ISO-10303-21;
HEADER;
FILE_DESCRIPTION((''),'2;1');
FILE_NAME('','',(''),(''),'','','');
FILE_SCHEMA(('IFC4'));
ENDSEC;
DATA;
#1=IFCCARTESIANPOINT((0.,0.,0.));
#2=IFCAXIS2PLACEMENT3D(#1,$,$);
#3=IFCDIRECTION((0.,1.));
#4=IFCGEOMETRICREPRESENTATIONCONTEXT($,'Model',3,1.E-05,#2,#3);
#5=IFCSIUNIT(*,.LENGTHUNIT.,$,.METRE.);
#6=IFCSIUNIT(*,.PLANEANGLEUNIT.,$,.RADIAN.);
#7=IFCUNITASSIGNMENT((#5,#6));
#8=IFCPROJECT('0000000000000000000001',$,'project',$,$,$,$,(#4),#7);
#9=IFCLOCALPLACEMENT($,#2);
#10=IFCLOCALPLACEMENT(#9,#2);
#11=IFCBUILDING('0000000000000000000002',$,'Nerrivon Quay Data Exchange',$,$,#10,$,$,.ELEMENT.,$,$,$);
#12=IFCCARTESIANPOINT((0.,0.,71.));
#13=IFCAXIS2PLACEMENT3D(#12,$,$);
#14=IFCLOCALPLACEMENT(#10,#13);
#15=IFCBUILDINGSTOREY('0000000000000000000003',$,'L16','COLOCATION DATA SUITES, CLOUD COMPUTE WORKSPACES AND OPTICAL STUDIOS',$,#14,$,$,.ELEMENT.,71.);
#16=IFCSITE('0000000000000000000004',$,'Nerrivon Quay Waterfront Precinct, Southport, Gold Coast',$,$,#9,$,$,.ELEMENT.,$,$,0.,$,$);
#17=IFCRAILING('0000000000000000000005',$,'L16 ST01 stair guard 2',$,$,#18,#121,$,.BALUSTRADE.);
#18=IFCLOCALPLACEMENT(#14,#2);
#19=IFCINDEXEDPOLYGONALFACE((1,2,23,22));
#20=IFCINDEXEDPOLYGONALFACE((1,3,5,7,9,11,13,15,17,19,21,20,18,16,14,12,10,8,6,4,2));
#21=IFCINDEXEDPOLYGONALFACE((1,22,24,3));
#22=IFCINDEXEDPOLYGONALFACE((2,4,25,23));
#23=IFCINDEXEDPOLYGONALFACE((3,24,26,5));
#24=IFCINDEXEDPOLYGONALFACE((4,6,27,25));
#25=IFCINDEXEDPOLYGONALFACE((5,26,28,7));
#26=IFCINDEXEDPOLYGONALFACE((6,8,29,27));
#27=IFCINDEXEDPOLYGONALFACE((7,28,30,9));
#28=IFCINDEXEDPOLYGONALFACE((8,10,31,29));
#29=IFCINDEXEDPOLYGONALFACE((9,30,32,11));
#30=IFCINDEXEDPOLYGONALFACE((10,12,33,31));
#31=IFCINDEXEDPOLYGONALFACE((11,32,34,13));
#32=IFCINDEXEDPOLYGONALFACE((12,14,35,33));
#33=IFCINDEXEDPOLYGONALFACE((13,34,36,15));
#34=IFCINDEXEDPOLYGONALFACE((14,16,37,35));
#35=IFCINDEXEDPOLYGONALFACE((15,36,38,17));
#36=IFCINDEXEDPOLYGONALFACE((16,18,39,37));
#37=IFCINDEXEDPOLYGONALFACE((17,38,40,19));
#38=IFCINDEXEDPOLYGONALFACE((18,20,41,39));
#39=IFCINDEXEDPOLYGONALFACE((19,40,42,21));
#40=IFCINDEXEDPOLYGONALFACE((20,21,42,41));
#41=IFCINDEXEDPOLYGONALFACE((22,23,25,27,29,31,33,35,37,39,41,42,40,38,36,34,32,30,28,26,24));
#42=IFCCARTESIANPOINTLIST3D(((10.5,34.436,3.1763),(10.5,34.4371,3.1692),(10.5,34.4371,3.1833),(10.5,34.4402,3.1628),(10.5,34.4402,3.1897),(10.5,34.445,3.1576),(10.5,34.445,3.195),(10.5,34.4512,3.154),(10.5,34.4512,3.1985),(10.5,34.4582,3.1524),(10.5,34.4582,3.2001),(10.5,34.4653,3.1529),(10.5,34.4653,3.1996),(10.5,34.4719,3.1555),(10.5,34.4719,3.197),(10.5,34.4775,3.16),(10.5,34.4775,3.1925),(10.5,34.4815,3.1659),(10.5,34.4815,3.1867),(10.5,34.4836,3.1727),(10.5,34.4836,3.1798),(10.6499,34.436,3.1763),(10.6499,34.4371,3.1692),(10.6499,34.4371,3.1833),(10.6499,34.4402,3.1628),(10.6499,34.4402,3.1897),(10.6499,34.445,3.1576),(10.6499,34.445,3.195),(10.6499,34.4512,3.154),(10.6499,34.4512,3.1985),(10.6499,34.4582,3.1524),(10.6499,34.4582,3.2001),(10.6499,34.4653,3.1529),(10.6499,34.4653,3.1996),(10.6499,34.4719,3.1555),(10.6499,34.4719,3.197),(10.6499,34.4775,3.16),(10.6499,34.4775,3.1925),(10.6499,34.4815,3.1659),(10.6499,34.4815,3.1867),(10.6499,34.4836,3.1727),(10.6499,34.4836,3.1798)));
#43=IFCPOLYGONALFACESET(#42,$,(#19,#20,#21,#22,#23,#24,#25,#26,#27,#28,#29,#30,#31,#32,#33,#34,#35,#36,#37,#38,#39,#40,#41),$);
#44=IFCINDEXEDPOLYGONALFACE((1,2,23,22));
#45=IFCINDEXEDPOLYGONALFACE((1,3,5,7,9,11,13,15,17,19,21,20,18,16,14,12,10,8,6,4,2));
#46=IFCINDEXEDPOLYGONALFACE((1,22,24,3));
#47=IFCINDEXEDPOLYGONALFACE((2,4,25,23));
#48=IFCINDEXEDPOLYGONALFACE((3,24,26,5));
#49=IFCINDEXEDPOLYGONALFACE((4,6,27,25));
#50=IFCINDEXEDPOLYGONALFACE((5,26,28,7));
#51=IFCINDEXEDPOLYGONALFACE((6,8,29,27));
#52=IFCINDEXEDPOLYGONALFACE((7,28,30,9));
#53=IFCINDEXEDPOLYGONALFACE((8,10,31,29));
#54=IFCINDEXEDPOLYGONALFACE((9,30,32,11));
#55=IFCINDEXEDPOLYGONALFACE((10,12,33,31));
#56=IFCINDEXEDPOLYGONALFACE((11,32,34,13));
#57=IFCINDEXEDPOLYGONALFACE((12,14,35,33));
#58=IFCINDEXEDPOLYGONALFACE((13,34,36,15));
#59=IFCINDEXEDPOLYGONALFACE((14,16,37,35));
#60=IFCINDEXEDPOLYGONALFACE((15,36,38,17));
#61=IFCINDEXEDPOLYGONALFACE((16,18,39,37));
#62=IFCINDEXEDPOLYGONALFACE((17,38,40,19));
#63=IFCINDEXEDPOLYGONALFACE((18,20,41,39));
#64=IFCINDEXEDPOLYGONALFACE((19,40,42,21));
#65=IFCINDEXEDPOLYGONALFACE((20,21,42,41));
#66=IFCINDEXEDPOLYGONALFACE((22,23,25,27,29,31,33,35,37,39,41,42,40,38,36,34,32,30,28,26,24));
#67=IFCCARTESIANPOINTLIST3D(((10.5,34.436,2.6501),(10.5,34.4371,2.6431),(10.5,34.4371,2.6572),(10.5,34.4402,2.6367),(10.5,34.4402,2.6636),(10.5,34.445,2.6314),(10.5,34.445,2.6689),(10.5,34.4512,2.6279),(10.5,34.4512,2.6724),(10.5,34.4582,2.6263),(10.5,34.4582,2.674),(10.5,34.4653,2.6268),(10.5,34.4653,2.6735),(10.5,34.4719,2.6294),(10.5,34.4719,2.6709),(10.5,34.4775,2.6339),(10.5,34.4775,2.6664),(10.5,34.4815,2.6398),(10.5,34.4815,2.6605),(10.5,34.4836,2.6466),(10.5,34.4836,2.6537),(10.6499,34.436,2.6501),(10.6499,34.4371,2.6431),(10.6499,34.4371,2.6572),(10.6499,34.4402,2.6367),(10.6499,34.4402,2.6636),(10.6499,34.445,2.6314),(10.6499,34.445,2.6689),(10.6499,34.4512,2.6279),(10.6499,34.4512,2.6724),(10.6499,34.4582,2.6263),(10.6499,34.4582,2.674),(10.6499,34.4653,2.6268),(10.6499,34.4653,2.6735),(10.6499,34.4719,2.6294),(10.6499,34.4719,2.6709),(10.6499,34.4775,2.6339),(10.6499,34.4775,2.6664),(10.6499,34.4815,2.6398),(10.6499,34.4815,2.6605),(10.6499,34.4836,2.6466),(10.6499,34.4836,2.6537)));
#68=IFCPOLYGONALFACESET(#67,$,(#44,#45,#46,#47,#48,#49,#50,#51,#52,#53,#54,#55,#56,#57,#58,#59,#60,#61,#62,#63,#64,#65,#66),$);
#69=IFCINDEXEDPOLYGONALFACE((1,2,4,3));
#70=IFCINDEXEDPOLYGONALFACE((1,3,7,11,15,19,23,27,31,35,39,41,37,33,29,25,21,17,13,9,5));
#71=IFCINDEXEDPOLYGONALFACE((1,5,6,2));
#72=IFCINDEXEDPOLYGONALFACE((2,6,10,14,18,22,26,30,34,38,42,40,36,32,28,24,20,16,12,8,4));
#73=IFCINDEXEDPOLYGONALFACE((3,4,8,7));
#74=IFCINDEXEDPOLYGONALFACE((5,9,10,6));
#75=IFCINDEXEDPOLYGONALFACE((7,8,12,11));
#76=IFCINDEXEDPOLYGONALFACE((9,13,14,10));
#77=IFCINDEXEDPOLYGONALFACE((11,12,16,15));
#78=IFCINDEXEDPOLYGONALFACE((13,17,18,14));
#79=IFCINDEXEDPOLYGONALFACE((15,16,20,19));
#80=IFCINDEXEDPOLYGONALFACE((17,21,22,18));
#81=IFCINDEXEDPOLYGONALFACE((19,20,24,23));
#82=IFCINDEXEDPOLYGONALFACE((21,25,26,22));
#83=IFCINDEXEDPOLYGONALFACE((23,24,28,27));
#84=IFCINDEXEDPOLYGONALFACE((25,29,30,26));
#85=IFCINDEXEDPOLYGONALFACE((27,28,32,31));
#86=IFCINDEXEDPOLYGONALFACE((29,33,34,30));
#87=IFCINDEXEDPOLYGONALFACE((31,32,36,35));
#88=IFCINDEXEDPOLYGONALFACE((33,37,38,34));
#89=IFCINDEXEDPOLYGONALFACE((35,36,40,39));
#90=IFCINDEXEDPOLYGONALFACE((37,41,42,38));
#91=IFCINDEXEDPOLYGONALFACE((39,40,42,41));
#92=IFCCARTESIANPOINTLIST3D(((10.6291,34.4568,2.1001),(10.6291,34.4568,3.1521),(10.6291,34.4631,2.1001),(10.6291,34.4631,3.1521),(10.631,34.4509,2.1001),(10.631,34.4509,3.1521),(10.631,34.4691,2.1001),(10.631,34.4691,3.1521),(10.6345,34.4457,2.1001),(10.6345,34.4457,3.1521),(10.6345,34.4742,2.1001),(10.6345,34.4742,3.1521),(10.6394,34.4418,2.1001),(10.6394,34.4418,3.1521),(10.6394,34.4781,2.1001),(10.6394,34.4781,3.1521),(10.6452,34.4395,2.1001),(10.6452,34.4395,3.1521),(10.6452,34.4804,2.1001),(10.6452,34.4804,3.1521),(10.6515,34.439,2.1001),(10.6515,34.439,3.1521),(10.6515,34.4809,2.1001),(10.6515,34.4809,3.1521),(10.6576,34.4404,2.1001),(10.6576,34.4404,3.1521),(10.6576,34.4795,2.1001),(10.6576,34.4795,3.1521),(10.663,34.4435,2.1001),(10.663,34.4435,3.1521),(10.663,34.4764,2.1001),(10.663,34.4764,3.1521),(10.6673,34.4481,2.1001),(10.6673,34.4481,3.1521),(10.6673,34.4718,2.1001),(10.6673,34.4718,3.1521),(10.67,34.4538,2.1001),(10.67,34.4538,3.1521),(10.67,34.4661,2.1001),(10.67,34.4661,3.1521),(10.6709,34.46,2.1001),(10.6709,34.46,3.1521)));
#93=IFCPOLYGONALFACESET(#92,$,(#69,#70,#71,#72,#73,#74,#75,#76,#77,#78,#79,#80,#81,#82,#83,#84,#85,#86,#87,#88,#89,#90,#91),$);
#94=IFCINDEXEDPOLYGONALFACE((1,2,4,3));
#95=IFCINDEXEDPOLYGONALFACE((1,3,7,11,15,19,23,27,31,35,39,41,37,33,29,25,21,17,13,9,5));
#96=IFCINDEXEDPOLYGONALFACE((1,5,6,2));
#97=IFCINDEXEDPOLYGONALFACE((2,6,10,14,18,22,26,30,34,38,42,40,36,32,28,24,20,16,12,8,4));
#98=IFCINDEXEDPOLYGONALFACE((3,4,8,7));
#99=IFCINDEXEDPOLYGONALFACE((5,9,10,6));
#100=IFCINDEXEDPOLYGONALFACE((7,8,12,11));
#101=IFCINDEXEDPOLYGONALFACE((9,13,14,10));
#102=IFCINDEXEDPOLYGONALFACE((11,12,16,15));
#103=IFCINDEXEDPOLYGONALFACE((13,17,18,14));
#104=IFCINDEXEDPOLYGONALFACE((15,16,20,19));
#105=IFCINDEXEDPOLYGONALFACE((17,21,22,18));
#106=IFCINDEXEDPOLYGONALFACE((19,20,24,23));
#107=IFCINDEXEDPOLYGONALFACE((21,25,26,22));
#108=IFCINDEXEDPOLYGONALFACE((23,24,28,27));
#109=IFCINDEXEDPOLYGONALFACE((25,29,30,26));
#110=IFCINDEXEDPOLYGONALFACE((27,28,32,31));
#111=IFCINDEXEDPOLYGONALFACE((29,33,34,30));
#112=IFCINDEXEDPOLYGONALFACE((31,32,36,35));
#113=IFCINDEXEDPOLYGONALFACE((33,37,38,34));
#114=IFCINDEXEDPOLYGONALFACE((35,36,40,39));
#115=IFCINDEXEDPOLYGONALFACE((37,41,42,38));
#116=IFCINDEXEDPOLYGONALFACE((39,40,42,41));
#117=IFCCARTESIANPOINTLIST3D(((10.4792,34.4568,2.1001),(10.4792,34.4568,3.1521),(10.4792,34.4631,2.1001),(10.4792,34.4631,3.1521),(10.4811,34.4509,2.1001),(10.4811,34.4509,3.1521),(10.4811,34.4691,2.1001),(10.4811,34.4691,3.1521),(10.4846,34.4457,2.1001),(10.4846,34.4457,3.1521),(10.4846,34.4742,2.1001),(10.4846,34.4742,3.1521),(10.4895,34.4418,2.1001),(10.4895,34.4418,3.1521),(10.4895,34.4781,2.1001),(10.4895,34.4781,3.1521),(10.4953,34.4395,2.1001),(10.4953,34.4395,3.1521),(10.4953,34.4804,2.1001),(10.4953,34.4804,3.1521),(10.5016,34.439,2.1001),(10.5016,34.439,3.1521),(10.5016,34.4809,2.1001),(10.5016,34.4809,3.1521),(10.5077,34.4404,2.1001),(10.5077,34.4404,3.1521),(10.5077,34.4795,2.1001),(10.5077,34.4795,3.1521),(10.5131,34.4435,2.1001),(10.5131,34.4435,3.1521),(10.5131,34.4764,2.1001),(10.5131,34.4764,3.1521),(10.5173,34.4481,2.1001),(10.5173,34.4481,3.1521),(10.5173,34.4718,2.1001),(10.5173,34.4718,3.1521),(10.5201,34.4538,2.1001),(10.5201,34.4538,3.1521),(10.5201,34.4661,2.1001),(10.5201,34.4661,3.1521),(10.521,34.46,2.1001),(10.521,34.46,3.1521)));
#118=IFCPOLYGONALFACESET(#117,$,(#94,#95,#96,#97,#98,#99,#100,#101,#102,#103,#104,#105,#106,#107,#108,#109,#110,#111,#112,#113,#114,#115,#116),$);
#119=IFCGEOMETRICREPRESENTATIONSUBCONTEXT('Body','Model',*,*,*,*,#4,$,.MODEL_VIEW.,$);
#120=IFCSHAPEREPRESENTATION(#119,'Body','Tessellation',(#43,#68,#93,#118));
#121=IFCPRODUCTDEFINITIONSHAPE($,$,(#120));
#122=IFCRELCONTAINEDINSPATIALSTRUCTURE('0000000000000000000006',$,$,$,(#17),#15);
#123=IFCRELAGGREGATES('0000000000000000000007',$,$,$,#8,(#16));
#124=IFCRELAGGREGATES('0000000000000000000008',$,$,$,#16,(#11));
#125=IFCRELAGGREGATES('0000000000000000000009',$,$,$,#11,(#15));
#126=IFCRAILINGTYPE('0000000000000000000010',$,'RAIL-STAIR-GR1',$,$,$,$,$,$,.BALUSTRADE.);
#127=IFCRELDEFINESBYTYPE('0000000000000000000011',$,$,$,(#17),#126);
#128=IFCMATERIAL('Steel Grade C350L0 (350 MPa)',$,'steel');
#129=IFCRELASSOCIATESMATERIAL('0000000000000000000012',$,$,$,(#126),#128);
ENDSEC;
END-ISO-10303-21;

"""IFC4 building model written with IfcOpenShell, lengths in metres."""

from ifc_helpers import new_model, si_unit, direction, frame, origin, origin_2d, place, context, subcontext, project, spatial, circle, extrude, material, type_object, element, save


model = new_model("IFC4")

# Units and contexts
model_context = context("Model", 3, precision=1e-05, world=origin(), true_north=direction((0.0, 1.0)))
body_context = subcontext(model_context, "Body", "Model", "MODEL_VIEW")
ifc_project = project(units=[si_unit("LENGTHUNIT", "METRE"), si_unit("PLANEANGLEUNIT", "RADIAN")], contexts=[model_context])

# Site, building, storey
site_placement = place(None, origin())
site = spatial("IfcSite", under=ifc_project, at=site_placement, Name="Nerrivon Quay Waterfront Precinct, Southport, Gold Coast", CompositionType="ELEMENT", RefElevation=0.0)
building_placement = place(site_placement, origin())
building = spatial("IfcBuilding", under=site, at=building_placement, Name="Nerrivon Quay Data Exchange", CompositionType="ELEMENT")
storey_placement = place(building_placement, frame((0.0, 0.0, 71.0)))
storey = spatial("IfcBuildingStorey", under=building, at=storey_placement, Name="L16", Description="COLOCATION DATA SUITES, CLOUD COMPUTE WORKSPACES AND OPTICAL STUDIOS", CompositionType="ELEMENT", Elevation=71.0)

# Railing
ifc_material_1 = material(Name="Steel Grade C350L0 (350 MPa)", Category="steel")
railing_type_1 = type_object("IfcRailingType", Name="RAIL-STAIR-GR1", PredefinedType="BALUSTRADE", material=ifc_material_1)
railing_1_placement = place(storey_placement, frame((10.6499, 34.46, 2.1001)))
element("IfcRailing", 1, at=railing_1_placement, inside=storey, type_object=railing_type_1, Name="L16 ST01 stair guard 2", PredefinedType="BALUSTRADE", context=body_context, shape_type="SweptSolid", body=[
    extrude(circle(Radius=0.0239, at=origin_2d()), frame((0.0, 0.0, 1.0762), z_axis=(-1.0, 0.0, 0.0), x_axis=(0.0, -1.0, 0.0)), (0.0, 0.0, 1.0), 0.1499),
    extrude(circle(Radius=0.0239, at=origin_2d()), frame((0.0, 0.0, 0.55), z_axis=(-1.0, 0.0, 0.0), x_axis=(0.0, -1.0, 0.0)), (0.0, 0.0, 1.0), 0.1499),
    extrude(circle(Radius=0.021, at=origin_2d()), origin(), (0.0, 0.0, 1.0), 1.052),
    extrude(circle(Radius=0.021, at=origin_2d()), frame((-0.1499, 0.0, 0.0)), (0.0, 0.0, 1.0), 1.052),
])

save(model, "model.ifc")
